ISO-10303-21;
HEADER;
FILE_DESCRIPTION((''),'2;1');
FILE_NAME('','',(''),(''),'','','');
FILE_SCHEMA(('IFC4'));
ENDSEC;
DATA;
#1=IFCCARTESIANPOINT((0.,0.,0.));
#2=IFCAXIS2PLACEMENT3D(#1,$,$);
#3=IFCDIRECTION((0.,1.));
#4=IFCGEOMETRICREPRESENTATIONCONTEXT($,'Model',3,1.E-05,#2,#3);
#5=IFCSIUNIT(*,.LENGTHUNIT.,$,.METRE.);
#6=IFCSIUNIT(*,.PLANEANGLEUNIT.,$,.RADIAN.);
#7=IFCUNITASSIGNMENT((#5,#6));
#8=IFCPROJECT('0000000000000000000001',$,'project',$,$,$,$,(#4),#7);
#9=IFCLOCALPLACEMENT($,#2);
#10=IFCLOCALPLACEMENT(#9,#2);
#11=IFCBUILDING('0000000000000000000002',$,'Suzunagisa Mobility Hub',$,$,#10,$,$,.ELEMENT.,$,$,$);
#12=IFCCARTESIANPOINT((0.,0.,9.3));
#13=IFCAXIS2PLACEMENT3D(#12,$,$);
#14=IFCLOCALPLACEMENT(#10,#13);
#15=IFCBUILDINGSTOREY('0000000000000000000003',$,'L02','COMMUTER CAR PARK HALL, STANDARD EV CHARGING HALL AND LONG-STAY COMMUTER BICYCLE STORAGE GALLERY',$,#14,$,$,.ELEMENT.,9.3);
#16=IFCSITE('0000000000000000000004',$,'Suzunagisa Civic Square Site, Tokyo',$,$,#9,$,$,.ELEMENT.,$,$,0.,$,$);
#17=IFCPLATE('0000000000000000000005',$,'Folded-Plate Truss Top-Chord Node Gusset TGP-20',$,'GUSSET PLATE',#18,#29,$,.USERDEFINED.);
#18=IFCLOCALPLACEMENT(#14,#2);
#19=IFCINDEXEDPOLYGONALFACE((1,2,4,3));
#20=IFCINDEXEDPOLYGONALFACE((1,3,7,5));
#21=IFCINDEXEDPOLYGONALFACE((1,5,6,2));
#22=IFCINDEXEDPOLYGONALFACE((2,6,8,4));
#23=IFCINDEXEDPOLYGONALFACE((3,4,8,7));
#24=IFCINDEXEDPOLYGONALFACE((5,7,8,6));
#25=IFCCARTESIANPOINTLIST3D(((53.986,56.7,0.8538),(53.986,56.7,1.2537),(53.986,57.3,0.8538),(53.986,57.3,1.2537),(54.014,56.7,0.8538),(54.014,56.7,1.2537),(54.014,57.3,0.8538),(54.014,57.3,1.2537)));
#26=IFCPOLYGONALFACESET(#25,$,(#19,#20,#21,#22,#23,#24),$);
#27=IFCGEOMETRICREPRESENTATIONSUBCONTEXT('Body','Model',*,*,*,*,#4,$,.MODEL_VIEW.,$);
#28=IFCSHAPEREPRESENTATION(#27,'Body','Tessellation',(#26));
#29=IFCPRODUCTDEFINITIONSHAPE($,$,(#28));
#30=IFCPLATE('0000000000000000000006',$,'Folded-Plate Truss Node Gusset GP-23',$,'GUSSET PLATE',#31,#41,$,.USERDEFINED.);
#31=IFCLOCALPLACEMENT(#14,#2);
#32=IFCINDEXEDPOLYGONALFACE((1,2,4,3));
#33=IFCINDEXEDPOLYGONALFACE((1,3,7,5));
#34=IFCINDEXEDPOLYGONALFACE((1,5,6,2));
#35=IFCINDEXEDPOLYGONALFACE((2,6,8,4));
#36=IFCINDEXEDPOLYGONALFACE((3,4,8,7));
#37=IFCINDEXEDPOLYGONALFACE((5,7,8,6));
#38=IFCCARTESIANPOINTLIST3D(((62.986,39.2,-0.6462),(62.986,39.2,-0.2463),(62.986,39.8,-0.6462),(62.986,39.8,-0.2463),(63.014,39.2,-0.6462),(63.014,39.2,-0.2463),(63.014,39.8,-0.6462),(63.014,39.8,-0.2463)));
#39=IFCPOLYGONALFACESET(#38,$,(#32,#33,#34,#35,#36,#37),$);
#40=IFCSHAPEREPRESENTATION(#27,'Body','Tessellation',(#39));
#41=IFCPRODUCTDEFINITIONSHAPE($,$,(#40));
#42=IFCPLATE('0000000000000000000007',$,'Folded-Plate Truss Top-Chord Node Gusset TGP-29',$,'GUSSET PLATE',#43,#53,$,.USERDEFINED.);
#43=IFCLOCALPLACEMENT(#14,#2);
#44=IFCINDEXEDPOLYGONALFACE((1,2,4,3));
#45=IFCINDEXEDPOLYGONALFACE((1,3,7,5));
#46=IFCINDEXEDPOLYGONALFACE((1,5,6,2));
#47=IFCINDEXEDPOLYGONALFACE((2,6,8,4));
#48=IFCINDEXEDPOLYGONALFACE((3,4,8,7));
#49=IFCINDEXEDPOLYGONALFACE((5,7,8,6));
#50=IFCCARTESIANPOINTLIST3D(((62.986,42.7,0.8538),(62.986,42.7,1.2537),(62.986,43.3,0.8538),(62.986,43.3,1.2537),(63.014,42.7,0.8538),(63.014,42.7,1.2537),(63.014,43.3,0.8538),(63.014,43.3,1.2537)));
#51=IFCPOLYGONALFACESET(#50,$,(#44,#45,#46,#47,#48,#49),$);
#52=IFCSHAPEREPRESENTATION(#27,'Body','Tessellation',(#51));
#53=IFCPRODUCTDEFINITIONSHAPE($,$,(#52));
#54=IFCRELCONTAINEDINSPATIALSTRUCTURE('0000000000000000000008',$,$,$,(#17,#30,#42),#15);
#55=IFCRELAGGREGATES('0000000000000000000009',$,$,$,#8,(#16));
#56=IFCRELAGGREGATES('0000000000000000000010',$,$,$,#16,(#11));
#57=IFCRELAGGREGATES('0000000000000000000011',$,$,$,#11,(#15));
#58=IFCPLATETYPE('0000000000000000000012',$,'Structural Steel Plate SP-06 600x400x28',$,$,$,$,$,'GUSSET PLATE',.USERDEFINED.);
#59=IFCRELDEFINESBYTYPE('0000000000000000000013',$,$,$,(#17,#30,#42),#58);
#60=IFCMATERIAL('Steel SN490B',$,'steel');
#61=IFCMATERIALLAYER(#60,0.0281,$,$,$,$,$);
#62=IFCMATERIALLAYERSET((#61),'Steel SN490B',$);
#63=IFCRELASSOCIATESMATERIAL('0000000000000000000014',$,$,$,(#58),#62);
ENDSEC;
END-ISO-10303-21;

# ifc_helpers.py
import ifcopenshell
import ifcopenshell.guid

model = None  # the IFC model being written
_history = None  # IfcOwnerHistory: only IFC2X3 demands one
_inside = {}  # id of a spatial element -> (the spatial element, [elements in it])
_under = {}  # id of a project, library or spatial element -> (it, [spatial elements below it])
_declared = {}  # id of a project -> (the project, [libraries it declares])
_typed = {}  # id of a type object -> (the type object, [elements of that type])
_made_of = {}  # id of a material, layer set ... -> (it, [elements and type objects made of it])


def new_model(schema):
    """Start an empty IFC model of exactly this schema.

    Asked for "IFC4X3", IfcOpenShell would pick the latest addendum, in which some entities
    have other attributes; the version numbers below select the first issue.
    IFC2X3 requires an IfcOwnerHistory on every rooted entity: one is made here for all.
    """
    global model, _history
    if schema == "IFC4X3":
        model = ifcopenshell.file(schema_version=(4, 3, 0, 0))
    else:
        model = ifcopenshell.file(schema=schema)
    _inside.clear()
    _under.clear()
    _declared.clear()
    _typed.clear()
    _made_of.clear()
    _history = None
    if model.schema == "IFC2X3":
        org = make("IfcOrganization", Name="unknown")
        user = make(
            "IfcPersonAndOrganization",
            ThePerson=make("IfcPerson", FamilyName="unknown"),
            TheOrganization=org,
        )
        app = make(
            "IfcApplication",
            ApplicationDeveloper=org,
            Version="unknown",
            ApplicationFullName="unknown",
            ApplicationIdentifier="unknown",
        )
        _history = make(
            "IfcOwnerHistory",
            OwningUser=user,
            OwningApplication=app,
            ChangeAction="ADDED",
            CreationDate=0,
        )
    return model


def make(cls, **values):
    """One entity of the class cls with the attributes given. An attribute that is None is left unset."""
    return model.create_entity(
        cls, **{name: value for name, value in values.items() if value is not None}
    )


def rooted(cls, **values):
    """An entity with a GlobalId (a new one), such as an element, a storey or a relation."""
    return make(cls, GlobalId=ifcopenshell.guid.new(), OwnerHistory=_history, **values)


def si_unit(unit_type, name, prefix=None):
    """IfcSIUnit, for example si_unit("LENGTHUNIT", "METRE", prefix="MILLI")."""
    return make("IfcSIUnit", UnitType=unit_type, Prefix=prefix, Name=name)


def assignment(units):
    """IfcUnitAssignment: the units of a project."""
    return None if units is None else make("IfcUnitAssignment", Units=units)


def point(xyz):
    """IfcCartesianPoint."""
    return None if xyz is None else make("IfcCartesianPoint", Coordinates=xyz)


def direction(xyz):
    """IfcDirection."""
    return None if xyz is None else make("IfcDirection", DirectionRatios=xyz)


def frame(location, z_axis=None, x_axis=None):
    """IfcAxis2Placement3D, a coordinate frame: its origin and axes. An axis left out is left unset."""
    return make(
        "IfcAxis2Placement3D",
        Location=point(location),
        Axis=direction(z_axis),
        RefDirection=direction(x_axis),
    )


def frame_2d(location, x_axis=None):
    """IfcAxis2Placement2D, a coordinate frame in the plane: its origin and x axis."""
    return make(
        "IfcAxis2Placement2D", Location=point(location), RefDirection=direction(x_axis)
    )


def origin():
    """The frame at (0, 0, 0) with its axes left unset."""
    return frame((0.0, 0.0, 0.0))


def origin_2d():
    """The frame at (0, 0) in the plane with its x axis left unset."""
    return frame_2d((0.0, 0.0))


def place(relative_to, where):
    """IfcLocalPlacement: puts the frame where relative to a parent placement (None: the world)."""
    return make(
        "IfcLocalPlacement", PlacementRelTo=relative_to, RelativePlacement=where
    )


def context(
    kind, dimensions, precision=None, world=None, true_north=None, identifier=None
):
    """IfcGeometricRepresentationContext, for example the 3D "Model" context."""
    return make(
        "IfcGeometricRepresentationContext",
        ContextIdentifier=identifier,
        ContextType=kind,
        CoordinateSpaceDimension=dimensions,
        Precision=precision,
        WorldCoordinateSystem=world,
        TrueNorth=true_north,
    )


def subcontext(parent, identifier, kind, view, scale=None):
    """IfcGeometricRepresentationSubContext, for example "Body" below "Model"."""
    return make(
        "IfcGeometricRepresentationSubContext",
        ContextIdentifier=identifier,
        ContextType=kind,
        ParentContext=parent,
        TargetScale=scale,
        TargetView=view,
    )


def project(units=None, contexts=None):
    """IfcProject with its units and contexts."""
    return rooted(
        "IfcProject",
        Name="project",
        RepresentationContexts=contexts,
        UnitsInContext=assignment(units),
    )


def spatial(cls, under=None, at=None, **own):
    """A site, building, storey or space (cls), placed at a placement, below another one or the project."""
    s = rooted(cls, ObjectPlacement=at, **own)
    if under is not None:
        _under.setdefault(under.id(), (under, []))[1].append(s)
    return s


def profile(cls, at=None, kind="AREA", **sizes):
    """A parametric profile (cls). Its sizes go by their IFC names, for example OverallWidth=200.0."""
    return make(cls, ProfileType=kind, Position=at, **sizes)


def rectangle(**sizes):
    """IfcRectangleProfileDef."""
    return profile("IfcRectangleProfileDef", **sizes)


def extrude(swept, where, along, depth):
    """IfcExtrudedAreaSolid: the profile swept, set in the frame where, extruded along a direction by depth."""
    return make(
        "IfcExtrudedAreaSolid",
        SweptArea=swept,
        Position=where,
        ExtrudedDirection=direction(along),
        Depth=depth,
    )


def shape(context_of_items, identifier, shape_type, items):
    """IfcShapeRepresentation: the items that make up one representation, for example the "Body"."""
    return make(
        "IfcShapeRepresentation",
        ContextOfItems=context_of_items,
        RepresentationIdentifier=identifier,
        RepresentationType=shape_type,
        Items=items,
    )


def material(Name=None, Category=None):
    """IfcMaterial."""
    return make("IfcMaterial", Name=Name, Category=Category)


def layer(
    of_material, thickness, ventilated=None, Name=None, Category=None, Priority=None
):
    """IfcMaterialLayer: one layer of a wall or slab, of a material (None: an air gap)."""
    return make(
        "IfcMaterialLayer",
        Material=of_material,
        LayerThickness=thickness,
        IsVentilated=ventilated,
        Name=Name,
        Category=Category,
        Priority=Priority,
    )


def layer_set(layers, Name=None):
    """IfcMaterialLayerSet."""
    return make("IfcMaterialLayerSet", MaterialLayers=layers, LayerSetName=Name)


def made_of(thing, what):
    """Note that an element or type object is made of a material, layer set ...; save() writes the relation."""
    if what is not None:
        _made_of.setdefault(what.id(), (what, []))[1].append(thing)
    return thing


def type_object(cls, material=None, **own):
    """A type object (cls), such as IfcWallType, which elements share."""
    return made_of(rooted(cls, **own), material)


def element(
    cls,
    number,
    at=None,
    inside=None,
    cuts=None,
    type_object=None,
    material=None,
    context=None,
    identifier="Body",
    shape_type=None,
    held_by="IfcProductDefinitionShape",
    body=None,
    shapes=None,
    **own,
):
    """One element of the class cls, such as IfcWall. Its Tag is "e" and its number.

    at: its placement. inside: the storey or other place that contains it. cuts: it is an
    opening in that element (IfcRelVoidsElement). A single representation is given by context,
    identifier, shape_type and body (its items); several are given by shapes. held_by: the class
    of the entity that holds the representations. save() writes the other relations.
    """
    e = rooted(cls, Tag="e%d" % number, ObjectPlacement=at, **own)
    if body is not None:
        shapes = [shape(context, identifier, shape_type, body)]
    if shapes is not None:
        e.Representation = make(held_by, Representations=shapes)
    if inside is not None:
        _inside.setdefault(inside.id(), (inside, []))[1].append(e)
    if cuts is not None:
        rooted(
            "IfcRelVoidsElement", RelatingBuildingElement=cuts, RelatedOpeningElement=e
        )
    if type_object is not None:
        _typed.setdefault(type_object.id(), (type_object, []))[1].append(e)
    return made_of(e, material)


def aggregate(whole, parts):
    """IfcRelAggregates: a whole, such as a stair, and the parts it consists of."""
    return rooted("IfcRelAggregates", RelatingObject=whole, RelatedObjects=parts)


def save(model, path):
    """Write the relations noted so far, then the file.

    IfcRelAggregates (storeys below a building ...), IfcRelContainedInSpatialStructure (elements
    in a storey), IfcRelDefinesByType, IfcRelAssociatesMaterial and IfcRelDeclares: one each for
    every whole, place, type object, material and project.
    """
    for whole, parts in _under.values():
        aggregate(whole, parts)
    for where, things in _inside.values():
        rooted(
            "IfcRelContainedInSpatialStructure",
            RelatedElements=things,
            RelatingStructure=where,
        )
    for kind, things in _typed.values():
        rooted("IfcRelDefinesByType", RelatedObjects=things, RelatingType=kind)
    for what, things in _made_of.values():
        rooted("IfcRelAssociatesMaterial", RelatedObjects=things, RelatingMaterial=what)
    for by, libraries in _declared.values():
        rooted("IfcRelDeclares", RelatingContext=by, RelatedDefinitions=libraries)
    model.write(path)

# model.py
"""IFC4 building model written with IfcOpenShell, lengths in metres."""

from ifc_helpers import new_model, si_unit, direction, frame, origin, origin_2d, place, context, subcontext, project, spatial, rectangle, extrude, material, layer, layer_set, type_object, element, save


model = new_model("IFC4")

# Units and contexts
model_context = context("Model", 3, precision=1e-05, world=origin(), true_north=direction((0.0, 1.0)))
body_context = subcontext(model_context, "Body", "Model", "MODEL_VIEW")
ifc_project = project(units=[si_unit("LENGTHUNIT", "METRE"), si_unit("PLANEANGLEUNIT", "RADIAN")], contexts=[model_context])

# Site, building, storey
site_placement = place(None, origin())
site = spatial("IfcSite", under=ifc_project, at=site_placement, Name="Suzunagisa Civic Square Site, Tokyo", CompositionType="ELEMENT", RefElevation=0.0)
building_placement = place(site_placement, origin())
building = spatial("IfcBuilding", under=site, at=building_placement, Name="Suzunagisa Mobility Hub", CompositionType="ELEMENT")
storey_placement = place(building_placement, frame((0.0, 0.0, 9.3)))
storey = spatial("IfcBuildingStorey", under=building, at=storey_placement, Name="L02", Description="COMMUTER CAR PARK HALL, STANDARD EV CHARGING HALL AND LONG-STAY COMMUTER BICYCLE STORAGE GALLERY", CompositionType="ELEMENT", Elevation=9.3)

# Shared definitions
ifc_material_1 = material(Name="Steel SN490B", Category="steel")

# Plates
ifc_layer = layer(ifc_material_1, 0.0281)
ifc_layer_set = layer_set([ifc_layer], Name="Steel SN490B")
plate_type = type_object("IfcPlateType", Name="Structural Steel Plate SP-06 600x400x28", ElementType="GUSSET PLATE", PredefinedType="USERDEFINED", material=ifc_layer_set)
for number, where, z_axis, x_axis, name in (
    (1, (54.0, 57.0, 0.8538), (0.0, 0.0, 1.0), (1.0, 0.0, 0.0), "Folded-Plate Truss Top-Chord Node Gusset TGP-20"),
    (2, (63.0, 39.5, -0.6462), (0.0, 0.0, 1.0), (1.0, 0.0, 0.0), "Folded-Plate Truss Node Gusset GP-23"),
    (3, (63.0, 43.0, 0.8538), (0.0, 0.0, 1.0), (1.0, 0.0, 0.0), "Folded-Plate Truss Top-Chord Node Gusset TGP-29"),
):
    element("IfcPlate", number, at=place(storey_placement, frame(where, z_axis=z_axis, x_axis=x_axis)), inside=storey, type_object=plate_type, Name=name, ObjectType="GUSSET PLATE", PredefinedType="USERDEFINED", context=body_context, shape_type="SweptSolid", body=[
        extrude(rectangle(XDim=0.0281, YDim=0.6001, at=origin_2d()), origin(), (0.0, 0.0, 1.0), 0.3999),
    ])

save(model, "model.ifc")
